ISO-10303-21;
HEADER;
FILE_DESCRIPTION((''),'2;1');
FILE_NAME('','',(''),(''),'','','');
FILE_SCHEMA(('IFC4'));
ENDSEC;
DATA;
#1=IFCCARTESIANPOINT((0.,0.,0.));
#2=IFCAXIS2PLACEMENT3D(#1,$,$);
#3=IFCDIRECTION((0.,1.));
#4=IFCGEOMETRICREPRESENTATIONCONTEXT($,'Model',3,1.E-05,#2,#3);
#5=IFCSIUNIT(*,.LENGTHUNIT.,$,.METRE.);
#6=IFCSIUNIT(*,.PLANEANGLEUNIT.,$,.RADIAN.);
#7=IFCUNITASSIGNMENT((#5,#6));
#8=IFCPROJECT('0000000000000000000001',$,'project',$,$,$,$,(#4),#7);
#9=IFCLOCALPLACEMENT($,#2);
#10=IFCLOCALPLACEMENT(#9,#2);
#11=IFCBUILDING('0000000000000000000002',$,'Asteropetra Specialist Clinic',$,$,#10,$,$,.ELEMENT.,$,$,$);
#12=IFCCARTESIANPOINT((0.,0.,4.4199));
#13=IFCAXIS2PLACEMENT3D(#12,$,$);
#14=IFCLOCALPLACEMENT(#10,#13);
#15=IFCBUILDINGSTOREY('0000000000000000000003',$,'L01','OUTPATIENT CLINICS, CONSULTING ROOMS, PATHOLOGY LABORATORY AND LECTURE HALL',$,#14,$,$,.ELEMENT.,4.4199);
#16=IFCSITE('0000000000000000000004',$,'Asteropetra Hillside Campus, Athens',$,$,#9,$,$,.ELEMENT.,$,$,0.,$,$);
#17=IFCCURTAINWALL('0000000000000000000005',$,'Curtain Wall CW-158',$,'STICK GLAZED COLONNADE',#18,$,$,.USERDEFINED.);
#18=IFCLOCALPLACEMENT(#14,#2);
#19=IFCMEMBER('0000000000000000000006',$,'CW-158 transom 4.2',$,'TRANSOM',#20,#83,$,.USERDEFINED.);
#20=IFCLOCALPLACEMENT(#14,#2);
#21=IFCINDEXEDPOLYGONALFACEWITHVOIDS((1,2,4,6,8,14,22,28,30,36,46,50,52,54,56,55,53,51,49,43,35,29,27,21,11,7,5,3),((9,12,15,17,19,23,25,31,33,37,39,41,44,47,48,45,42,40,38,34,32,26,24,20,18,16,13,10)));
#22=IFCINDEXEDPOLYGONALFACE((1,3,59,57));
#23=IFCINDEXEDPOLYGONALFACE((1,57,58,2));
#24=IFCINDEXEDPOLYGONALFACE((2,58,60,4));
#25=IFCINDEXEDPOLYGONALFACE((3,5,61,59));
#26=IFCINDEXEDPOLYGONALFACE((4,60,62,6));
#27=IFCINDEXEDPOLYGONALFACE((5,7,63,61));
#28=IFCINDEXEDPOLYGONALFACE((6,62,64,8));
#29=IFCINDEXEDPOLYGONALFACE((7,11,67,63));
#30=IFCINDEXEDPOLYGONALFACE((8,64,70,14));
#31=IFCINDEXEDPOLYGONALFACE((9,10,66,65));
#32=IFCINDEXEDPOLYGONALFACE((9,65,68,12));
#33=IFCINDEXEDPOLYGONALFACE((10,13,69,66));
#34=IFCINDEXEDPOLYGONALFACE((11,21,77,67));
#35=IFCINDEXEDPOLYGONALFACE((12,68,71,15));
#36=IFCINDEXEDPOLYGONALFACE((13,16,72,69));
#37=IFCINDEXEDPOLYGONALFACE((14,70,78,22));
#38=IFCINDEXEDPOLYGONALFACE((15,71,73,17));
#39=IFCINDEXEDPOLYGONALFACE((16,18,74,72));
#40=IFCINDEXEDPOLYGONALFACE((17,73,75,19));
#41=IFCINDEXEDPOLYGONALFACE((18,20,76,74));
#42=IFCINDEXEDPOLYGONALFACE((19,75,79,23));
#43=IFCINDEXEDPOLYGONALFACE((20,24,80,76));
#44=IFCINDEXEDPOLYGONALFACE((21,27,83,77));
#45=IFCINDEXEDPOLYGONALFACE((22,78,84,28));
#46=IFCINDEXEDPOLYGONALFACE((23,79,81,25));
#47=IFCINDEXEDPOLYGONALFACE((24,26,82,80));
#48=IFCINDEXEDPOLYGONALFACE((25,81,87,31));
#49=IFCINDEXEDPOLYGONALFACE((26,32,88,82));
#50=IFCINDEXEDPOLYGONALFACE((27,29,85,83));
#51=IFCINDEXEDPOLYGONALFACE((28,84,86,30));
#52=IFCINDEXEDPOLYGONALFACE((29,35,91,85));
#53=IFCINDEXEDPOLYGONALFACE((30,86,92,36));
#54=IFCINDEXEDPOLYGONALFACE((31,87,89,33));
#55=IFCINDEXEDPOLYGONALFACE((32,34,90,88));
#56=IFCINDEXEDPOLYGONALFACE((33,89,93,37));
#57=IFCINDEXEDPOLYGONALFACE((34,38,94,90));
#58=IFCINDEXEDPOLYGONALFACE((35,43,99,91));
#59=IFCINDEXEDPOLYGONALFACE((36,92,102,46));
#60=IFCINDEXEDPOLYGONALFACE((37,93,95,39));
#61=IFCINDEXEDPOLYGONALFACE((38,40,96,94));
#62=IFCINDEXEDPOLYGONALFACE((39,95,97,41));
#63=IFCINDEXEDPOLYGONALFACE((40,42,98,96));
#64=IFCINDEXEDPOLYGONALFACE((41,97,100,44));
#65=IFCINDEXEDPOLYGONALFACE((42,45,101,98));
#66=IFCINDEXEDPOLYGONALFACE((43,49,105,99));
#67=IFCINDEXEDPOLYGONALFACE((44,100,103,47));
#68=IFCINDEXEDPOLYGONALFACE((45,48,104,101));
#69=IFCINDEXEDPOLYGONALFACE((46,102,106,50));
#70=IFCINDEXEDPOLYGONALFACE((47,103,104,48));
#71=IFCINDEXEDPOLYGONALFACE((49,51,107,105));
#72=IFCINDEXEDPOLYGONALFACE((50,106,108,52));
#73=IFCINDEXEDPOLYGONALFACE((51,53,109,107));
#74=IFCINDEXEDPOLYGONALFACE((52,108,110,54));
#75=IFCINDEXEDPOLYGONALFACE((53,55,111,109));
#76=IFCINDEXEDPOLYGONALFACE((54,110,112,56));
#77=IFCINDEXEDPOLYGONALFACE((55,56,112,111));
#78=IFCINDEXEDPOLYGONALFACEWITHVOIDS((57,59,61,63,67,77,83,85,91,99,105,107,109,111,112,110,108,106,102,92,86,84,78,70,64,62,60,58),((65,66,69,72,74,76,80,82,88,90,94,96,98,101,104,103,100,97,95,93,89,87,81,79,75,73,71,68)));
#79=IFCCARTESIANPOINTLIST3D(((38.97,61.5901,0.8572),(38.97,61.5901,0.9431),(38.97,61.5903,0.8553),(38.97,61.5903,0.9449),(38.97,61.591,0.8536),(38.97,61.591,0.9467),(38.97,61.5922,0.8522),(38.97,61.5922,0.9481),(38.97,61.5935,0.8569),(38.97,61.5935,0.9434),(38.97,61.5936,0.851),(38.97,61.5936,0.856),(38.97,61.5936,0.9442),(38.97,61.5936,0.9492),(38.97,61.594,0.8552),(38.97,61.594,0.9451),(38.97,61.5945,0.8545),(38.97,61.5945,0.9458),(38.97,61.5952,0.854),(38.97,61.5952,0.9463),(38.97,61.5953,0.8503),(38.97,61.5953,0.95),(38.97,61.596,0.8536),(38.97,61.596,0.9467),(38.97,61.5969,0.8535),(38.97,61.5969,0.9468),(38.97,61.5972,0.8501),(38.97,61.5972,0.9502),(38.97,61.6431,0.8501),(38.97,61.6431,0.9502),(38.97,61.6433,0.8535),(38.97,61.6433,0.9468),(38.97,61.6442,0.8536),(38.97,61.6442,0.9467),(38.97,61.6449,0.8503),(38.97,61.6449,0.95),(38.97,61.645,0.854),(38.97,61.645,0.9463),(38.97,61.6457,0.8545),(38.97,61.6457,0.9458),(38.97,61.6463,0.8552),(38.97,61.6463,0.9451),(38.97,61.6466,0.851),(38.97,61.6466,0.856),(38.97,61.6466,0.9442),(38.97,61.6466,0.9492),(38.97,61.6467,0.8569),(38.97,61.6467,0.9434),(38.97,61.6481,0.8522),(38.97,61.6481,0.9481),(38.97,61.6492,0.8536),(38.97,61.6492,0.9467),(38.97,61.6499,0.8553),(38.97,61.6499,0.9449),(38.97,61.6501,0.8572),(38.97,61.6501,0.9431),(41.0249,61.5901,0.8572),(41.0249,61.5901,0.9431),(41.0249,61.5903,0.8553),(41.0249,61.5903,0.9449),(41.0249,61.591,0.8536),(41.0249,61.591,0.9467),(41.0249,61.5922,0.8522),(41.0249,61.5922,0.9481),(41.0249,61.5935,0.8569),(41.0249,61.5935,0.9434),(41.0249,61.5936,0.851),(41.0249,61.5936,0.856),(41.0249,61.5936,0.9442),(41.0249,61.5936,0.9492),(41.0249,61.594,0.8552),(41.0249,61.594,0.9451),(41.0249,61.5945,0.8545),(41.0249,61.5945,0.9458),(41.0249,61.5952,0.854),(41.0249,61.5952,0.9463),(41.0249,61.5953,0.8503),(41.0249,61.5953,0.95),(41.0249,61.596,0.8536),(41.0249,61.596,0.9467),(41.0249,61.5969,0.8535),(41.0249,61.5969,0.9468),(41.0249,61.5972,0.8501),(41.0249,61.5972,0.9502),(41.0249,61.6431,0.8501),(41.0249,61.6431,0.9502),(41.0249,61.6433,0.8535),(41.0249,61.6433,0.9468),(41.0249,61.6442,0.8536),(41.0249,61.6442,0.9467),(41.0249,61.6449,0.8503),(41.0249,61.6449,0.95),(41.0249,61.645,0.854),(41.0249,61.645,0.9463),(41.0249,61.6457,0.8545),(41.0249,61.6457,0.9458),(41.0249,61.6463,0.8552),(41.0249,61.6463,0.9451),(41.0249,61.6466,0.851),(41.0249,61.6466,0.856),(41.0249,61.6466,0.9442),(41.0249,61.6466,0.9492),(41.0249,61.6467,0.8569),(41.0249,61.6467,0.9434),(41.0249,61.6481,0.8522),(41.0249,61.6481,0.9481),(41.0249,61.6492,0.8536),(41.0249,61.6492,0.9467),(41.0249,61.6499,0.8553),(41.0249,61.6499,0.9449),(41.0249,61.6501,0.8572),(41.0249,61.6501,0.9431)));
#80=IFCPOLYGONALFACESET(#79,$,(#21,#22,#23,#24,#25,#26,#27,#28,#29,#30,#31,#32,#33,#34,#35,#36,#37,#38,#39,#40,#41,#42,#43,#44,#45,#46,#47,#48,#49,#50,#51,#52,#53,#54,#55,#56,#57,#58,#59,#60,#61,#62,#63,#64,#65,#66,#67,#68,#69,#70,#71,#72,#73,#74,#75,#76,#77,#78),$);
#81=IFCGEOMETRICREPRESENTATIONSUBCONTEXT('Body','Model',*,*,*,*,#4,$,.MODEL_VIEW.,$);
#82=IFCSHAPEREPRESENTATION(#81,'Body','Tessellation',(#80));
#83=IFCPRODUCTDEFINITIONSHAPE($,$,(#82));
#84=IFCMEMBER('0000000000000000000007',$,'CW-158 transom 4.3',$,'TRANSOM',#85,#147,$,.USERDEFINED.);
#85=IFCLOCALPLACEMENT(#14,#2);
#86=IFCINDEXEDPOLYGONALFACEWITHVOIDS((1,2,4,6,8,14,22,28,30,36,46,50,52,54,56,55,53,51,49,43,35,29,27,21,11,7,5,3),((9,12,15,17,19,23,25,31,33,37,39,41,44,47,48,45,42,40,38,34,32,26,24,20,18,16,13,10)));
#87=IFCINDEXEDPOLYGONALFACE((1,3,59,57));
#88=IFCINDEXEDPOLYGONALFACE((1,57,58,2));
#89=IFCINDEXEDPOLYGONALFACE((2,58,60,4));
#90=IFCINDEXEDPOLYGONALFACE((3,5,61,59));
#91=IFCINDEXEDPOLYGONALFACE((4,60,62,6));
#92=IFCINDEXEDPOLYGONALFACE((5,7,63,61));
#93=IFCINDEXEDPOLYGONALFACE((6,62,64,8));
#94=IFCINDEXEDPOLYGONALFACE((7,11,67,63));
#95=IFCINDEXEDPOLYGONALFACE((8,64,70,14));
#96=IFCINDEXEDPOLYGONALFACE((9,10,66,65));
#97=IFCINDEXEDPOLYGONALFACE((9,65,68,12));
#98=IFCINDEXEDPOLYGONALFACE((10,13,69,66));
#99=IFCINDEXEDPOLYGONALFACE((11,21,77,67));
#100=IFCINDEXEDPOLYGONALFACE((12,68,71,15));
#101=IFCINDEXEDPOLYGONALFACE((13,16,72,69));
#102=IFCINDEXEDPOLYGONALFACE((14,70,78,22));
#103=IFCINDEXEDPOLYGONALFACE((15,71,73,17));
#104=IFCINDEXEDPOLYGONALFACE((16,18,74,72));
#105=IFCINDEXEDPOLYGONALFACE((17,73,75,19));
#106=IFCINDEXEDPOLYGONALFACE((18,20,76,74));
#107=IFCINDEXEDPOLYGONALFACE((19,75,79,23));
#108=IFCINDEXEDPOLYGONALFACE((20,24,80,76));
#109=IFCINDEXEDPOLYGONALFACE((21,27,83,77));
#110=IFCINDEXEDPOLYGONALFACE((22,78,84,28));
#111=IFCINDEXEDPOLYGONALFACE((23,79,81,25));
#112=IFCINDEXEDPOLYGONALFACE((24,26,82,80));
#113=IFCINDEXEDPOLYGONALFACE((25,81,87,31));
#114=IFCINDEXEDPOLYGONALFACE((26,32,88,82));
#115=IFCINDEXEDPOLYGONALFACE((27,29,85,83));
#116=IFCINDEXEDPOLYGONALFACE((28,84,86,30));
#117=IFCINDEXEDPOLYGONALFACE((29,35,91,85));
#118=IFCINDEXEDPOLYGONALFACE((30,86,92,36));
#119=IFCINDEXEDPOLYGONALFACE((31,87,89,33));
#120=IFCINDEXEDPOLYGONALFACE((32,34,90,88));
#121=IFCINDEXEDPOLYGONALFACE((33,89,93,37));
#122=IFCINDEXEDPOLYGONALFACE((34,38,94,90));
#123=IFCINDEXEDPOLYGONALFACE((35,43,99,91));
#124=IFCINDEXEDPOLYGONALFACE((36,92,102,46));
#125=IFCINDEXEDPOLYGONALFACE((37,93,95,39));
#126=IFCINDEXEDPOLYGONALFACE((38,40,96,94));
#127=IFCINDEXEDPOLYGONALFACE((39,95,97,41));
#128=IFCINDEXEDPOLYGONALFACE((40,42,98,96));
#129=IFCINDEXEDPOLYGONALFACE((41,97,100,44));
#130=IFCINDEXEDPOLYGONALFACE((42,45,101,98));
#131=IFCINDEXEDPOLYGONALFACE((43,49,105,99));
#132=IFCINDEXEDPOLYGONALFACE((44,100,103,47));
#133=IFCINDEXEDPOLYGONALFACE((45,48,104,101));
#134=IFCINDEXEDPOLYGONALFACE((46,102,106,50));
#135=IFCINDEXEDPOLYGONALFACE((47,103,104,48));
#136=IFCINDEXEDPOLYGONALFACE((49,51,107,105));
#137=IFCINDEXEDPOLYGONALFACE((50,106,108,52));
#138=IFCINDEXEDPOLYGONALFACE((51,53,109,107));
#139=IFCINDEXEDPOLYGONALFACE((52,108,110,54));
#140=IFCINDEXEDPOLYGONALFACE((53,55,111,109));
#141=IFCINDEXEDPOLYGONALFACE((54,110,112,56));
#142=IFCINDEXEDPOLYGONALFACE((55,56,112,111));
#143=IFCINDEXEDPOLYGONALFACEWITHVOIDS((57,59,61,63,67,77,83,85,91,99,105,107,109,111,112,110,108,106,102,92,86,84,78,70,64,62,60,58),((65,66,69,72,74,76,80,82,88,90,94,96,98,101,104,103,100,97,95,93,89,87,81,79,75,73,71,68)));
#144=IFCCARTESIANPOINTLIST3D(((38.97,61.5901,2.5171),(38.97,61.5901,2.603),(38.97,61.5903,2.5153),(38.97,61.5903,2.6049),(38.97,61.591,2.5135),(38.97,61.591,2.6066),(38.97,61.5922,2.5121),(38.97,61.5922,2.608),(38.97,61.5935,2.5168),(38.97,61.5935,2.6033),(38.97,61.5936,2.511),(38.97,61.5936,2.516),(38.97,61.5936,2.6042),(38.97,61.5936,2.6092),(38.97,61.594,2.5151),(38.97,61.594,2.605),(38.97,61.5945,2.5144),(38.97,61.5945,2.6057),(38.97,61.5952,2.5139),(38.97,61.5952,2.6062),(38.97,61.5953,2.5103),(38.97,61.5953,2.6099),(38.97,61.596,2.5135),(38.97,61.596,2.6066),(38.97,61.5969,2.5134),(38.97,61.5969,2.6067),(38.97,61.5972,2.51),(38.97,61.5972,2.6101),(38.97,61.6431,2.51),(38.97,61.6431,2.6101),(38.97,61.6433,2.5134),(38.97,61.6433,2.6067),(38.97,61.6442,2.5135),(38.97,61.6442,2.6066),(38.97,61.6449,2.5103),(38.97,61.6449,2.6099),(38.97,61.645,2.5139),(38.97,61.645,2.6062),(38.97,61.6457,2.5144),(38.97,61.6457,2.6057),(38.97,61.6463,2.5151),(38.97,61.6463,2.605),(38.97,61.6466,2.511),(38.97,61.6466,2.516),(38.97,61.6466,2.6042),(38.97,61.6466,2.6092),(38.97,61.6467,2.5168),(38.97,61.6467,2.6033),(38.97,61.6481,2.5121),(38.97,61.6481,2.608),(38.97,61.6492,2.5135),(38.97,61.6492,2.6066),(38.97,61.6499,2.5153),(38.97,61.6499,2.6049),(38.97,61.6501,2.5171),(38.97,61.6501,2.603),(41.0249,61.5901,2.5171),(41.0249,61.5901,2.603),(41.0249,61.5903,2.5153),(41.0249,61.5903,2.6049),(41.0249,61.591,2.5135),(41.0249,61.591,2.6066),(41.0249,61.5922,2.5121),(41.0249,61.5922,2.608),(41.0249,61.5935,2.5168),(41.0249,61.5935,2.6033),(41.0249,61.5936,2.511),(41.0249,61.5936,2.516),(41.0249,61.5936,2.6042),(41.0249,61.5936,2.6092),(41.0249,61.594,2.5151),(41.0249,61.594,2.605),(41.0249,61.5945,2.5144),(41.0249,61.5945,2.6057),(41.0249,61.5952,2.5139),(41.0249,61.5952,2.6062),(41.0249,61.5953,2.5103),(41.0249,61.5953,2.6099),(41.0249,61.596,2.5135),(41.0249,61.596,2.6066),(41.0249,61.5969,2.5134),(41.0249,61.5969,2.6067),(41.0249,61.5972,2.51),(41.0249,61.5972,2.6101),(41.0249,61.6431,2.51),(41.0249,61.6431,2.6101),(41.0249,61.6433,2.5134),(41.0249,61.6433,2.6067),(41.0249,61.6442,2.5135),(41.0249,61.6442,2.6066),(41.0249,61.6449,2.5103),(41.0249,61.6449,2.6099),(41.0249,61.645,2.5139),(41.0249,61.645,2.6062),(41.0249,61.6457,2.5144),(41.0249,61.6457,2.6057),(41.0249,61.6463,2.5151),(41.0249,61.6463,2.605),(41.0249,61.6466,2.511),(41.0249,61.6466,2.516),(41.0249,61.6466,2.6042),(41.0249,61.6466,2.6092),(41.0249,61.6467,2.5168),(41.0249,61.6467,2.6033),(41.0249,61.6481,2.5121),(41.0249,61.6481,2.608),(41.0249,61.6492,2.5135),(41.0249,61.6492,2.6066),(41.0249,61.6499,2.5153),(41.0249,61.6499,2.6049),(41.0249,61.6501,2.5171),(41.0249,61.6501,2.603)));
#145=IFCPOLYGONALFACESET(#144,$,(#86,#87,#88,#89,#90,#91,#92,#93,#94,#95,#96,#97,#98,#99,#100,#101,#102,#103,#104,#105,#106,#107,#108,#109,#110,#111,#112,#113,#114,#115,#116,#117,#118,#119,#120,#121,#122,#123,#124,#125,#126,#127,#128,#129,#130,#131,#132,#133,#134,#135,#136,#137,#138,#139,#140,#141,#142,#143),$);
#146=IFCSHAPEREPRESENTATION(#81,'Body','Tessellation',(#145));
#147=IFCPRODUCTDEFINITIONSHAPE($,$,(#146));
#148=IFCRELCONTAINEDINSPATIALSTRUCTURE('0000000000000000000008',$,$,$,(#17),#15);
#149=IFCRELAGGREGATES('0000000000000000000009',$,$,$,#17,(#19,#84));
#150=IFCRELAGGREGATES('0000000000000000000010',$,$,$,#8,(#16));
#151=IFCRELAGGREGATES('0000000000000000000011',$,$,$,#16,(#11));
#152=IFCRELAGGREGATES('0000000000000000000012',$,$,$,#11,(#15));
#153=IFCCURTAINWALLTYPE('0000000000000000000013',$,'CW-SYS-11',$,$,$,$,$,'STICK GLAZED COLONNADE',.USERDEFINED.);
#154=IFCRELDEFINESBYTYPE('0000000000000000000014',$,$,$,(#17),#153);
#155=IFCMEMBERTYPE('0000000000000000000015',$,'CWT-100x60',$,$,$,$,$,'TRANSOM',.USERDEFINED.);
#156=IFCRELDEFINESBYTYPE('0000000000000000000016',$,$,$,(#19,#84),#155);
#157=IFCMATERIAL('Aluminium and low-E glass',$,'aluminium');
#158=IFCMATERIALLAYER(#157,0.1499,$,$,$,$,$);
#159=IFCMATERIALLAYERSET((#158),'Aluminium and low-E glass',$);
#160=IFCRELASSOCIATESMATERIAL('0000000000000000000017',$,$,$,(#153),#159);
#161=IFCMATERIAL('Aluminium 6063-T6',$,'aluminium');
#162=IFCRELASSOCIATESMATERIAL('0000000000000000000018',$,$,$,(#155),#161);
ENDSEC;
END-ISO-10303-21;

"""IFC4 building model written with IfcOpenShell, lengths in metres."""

from ifc_helpers import new_model, si_unit, direction, frame, origin, origin_2d, place, context, subcontext, project, spatial, hollow_rectangle, extrude, material, layer, layer_set, material_profile, profile_set, type_object, element, aggregate, save


model = new_model("IFC4")

# Units and contexts
model_context = context("Model", 3, precision=1e-05, world=origin(), true_north=direction((0.0, 1.0)))
body_context = subcontext(model_context, "Body", "Model", "MODEL_VIEW")
ifc_project = project(units=[si_unit("LENGTHUNIT", "METRE"), si_unit("PLANEANGLEUNIT", "RADIAN")], contexts=[model_context])

# Site, building, storey
site_placement = place(None, origin())
site = spatial("IfcSite", under=ifc_project, at=site_placement, Name="Asteropetra Hillside Campus, Athens", CompositionType="ELEMENT", RefElevation=0.0)
building_placement = place(site_placement, origin())
building = spatial("IfcBuilding", under=site, at=building_placement, Name="Asteropetra Specialist Clinic", CompositionType="ELEMENT")
storey_placement = place(building_placement, frame((0.0, 0.0, 4.4199)))
storey = spatial("IfcBuildingStorey", under=building, at=storey_placement, Name="L01", Description="OUTPATIENT CLINICS, CONSULTING ROOMS, PATHOLOGY LABORATORY AND LECTURE HALL", CompositionType="ELEMENT", Elevation=4.4199)

# Curtain wall, members
ifc_material_1 = material(Name="Aluminium and low-E glass", Category="aluminium")
ifc_layer_1 = layer(ifc_material_1, 0.1499)
ifc_layer_set_1 = layer_set([ifc_layer_1], Name="Aluminium and low-E glass")
curtain_wall_type = type_object("IfcCurtainWallType", Name="CW-SYS-11", ElementType="STICK GLAZED COLONNADE", PredefinedType="USERDEFINED", material=ifc_layer_set_1)
curtain_wall_placement = place(storey_placement, origin())
curtain_wall = element("IfcCurtainWall", 1, at=curtain_wall_placement, inside=storey, type_object=curtain_wall_type, Name="Curtain Wall CW-158", ObjectType="STICK GLAZED COLONNADE", PredefinedType="USERDEFINED")
ifc_material_2 = material(Name="Aluminium 6063-T6", Category="aluminium")
ifc_material_profile_1 = material_profile(ifc_material_2, hollow_rectangle(XDim=0.0601, YDim=0.1001, WallThickness=0.0034, InnerFilletRadius=0.0034, OuterFilletRadius=0.0071, at=origin_2d()), Name="TRN 100x60x3.5")
ifc_profile_set_1 = profile_set([ifc_material_profile_1], Name="Aluminium 6063-T6")
member_type_1 = type_object("IfcMemberType", Name="CWT-100x60", ElementType="TRANSOM", PredefinedType="USERDEFINED", material=ifc_profile_set_1)
member_1_placement = place(storey_placement, frame((41.0249, 61.6201, 0.9001), z_axis=(-1.0, 0.0, 0.0), x_axis=(0.0, -1.0, 0.0)))
member_1 = element("IfcMember", 2, at=member_1_placement, type_object=member_type_1, Name="CW-158 transom 4.2", ObjectType="TRANSOM", PredefinedType="USERDEFINED", context=body_context, shape_type="SweptSolid", body=[
    extrude(hollow_rectangle(XDim=0.0601, YDim=0.1001, WallThickness=0.0034, InnerFilletRadius=0.0034, OuterFilletRadius=0.0071, at=origin_2d()), origin(), (0.0, 0.0, 1.0), 2.0549),
])
member_2_placement = place(storey_placement, frame((41.0249, 61.6201, 2.5601), z_axis=(-1.0, 0.0, 0.0), x_axis=(0.0, -1.0, 0.0)))
member_2 = element("IfcMember", 3, at=member_2_placement, type_object=member_type_1, Name="CW-158 transom 4.3", ObjectType="TRANSOM", PredefinedType="USERDEFINED", context=body_context, shape_type="SweptSolid", body=[
    extrude(hollow_rectangle(XDim=0.0601, YDim=0.1001, WallThickness=0.0034, InnerFilletRadius=0.0034, OuterFilletRadius=0.0071, at=origin_2d()), origin(), (0.0, 0.0, 1.0), 2.0549),
])

aggregate(curtain_wall, [member_1, member_2])

save(model, "model.ifc")
